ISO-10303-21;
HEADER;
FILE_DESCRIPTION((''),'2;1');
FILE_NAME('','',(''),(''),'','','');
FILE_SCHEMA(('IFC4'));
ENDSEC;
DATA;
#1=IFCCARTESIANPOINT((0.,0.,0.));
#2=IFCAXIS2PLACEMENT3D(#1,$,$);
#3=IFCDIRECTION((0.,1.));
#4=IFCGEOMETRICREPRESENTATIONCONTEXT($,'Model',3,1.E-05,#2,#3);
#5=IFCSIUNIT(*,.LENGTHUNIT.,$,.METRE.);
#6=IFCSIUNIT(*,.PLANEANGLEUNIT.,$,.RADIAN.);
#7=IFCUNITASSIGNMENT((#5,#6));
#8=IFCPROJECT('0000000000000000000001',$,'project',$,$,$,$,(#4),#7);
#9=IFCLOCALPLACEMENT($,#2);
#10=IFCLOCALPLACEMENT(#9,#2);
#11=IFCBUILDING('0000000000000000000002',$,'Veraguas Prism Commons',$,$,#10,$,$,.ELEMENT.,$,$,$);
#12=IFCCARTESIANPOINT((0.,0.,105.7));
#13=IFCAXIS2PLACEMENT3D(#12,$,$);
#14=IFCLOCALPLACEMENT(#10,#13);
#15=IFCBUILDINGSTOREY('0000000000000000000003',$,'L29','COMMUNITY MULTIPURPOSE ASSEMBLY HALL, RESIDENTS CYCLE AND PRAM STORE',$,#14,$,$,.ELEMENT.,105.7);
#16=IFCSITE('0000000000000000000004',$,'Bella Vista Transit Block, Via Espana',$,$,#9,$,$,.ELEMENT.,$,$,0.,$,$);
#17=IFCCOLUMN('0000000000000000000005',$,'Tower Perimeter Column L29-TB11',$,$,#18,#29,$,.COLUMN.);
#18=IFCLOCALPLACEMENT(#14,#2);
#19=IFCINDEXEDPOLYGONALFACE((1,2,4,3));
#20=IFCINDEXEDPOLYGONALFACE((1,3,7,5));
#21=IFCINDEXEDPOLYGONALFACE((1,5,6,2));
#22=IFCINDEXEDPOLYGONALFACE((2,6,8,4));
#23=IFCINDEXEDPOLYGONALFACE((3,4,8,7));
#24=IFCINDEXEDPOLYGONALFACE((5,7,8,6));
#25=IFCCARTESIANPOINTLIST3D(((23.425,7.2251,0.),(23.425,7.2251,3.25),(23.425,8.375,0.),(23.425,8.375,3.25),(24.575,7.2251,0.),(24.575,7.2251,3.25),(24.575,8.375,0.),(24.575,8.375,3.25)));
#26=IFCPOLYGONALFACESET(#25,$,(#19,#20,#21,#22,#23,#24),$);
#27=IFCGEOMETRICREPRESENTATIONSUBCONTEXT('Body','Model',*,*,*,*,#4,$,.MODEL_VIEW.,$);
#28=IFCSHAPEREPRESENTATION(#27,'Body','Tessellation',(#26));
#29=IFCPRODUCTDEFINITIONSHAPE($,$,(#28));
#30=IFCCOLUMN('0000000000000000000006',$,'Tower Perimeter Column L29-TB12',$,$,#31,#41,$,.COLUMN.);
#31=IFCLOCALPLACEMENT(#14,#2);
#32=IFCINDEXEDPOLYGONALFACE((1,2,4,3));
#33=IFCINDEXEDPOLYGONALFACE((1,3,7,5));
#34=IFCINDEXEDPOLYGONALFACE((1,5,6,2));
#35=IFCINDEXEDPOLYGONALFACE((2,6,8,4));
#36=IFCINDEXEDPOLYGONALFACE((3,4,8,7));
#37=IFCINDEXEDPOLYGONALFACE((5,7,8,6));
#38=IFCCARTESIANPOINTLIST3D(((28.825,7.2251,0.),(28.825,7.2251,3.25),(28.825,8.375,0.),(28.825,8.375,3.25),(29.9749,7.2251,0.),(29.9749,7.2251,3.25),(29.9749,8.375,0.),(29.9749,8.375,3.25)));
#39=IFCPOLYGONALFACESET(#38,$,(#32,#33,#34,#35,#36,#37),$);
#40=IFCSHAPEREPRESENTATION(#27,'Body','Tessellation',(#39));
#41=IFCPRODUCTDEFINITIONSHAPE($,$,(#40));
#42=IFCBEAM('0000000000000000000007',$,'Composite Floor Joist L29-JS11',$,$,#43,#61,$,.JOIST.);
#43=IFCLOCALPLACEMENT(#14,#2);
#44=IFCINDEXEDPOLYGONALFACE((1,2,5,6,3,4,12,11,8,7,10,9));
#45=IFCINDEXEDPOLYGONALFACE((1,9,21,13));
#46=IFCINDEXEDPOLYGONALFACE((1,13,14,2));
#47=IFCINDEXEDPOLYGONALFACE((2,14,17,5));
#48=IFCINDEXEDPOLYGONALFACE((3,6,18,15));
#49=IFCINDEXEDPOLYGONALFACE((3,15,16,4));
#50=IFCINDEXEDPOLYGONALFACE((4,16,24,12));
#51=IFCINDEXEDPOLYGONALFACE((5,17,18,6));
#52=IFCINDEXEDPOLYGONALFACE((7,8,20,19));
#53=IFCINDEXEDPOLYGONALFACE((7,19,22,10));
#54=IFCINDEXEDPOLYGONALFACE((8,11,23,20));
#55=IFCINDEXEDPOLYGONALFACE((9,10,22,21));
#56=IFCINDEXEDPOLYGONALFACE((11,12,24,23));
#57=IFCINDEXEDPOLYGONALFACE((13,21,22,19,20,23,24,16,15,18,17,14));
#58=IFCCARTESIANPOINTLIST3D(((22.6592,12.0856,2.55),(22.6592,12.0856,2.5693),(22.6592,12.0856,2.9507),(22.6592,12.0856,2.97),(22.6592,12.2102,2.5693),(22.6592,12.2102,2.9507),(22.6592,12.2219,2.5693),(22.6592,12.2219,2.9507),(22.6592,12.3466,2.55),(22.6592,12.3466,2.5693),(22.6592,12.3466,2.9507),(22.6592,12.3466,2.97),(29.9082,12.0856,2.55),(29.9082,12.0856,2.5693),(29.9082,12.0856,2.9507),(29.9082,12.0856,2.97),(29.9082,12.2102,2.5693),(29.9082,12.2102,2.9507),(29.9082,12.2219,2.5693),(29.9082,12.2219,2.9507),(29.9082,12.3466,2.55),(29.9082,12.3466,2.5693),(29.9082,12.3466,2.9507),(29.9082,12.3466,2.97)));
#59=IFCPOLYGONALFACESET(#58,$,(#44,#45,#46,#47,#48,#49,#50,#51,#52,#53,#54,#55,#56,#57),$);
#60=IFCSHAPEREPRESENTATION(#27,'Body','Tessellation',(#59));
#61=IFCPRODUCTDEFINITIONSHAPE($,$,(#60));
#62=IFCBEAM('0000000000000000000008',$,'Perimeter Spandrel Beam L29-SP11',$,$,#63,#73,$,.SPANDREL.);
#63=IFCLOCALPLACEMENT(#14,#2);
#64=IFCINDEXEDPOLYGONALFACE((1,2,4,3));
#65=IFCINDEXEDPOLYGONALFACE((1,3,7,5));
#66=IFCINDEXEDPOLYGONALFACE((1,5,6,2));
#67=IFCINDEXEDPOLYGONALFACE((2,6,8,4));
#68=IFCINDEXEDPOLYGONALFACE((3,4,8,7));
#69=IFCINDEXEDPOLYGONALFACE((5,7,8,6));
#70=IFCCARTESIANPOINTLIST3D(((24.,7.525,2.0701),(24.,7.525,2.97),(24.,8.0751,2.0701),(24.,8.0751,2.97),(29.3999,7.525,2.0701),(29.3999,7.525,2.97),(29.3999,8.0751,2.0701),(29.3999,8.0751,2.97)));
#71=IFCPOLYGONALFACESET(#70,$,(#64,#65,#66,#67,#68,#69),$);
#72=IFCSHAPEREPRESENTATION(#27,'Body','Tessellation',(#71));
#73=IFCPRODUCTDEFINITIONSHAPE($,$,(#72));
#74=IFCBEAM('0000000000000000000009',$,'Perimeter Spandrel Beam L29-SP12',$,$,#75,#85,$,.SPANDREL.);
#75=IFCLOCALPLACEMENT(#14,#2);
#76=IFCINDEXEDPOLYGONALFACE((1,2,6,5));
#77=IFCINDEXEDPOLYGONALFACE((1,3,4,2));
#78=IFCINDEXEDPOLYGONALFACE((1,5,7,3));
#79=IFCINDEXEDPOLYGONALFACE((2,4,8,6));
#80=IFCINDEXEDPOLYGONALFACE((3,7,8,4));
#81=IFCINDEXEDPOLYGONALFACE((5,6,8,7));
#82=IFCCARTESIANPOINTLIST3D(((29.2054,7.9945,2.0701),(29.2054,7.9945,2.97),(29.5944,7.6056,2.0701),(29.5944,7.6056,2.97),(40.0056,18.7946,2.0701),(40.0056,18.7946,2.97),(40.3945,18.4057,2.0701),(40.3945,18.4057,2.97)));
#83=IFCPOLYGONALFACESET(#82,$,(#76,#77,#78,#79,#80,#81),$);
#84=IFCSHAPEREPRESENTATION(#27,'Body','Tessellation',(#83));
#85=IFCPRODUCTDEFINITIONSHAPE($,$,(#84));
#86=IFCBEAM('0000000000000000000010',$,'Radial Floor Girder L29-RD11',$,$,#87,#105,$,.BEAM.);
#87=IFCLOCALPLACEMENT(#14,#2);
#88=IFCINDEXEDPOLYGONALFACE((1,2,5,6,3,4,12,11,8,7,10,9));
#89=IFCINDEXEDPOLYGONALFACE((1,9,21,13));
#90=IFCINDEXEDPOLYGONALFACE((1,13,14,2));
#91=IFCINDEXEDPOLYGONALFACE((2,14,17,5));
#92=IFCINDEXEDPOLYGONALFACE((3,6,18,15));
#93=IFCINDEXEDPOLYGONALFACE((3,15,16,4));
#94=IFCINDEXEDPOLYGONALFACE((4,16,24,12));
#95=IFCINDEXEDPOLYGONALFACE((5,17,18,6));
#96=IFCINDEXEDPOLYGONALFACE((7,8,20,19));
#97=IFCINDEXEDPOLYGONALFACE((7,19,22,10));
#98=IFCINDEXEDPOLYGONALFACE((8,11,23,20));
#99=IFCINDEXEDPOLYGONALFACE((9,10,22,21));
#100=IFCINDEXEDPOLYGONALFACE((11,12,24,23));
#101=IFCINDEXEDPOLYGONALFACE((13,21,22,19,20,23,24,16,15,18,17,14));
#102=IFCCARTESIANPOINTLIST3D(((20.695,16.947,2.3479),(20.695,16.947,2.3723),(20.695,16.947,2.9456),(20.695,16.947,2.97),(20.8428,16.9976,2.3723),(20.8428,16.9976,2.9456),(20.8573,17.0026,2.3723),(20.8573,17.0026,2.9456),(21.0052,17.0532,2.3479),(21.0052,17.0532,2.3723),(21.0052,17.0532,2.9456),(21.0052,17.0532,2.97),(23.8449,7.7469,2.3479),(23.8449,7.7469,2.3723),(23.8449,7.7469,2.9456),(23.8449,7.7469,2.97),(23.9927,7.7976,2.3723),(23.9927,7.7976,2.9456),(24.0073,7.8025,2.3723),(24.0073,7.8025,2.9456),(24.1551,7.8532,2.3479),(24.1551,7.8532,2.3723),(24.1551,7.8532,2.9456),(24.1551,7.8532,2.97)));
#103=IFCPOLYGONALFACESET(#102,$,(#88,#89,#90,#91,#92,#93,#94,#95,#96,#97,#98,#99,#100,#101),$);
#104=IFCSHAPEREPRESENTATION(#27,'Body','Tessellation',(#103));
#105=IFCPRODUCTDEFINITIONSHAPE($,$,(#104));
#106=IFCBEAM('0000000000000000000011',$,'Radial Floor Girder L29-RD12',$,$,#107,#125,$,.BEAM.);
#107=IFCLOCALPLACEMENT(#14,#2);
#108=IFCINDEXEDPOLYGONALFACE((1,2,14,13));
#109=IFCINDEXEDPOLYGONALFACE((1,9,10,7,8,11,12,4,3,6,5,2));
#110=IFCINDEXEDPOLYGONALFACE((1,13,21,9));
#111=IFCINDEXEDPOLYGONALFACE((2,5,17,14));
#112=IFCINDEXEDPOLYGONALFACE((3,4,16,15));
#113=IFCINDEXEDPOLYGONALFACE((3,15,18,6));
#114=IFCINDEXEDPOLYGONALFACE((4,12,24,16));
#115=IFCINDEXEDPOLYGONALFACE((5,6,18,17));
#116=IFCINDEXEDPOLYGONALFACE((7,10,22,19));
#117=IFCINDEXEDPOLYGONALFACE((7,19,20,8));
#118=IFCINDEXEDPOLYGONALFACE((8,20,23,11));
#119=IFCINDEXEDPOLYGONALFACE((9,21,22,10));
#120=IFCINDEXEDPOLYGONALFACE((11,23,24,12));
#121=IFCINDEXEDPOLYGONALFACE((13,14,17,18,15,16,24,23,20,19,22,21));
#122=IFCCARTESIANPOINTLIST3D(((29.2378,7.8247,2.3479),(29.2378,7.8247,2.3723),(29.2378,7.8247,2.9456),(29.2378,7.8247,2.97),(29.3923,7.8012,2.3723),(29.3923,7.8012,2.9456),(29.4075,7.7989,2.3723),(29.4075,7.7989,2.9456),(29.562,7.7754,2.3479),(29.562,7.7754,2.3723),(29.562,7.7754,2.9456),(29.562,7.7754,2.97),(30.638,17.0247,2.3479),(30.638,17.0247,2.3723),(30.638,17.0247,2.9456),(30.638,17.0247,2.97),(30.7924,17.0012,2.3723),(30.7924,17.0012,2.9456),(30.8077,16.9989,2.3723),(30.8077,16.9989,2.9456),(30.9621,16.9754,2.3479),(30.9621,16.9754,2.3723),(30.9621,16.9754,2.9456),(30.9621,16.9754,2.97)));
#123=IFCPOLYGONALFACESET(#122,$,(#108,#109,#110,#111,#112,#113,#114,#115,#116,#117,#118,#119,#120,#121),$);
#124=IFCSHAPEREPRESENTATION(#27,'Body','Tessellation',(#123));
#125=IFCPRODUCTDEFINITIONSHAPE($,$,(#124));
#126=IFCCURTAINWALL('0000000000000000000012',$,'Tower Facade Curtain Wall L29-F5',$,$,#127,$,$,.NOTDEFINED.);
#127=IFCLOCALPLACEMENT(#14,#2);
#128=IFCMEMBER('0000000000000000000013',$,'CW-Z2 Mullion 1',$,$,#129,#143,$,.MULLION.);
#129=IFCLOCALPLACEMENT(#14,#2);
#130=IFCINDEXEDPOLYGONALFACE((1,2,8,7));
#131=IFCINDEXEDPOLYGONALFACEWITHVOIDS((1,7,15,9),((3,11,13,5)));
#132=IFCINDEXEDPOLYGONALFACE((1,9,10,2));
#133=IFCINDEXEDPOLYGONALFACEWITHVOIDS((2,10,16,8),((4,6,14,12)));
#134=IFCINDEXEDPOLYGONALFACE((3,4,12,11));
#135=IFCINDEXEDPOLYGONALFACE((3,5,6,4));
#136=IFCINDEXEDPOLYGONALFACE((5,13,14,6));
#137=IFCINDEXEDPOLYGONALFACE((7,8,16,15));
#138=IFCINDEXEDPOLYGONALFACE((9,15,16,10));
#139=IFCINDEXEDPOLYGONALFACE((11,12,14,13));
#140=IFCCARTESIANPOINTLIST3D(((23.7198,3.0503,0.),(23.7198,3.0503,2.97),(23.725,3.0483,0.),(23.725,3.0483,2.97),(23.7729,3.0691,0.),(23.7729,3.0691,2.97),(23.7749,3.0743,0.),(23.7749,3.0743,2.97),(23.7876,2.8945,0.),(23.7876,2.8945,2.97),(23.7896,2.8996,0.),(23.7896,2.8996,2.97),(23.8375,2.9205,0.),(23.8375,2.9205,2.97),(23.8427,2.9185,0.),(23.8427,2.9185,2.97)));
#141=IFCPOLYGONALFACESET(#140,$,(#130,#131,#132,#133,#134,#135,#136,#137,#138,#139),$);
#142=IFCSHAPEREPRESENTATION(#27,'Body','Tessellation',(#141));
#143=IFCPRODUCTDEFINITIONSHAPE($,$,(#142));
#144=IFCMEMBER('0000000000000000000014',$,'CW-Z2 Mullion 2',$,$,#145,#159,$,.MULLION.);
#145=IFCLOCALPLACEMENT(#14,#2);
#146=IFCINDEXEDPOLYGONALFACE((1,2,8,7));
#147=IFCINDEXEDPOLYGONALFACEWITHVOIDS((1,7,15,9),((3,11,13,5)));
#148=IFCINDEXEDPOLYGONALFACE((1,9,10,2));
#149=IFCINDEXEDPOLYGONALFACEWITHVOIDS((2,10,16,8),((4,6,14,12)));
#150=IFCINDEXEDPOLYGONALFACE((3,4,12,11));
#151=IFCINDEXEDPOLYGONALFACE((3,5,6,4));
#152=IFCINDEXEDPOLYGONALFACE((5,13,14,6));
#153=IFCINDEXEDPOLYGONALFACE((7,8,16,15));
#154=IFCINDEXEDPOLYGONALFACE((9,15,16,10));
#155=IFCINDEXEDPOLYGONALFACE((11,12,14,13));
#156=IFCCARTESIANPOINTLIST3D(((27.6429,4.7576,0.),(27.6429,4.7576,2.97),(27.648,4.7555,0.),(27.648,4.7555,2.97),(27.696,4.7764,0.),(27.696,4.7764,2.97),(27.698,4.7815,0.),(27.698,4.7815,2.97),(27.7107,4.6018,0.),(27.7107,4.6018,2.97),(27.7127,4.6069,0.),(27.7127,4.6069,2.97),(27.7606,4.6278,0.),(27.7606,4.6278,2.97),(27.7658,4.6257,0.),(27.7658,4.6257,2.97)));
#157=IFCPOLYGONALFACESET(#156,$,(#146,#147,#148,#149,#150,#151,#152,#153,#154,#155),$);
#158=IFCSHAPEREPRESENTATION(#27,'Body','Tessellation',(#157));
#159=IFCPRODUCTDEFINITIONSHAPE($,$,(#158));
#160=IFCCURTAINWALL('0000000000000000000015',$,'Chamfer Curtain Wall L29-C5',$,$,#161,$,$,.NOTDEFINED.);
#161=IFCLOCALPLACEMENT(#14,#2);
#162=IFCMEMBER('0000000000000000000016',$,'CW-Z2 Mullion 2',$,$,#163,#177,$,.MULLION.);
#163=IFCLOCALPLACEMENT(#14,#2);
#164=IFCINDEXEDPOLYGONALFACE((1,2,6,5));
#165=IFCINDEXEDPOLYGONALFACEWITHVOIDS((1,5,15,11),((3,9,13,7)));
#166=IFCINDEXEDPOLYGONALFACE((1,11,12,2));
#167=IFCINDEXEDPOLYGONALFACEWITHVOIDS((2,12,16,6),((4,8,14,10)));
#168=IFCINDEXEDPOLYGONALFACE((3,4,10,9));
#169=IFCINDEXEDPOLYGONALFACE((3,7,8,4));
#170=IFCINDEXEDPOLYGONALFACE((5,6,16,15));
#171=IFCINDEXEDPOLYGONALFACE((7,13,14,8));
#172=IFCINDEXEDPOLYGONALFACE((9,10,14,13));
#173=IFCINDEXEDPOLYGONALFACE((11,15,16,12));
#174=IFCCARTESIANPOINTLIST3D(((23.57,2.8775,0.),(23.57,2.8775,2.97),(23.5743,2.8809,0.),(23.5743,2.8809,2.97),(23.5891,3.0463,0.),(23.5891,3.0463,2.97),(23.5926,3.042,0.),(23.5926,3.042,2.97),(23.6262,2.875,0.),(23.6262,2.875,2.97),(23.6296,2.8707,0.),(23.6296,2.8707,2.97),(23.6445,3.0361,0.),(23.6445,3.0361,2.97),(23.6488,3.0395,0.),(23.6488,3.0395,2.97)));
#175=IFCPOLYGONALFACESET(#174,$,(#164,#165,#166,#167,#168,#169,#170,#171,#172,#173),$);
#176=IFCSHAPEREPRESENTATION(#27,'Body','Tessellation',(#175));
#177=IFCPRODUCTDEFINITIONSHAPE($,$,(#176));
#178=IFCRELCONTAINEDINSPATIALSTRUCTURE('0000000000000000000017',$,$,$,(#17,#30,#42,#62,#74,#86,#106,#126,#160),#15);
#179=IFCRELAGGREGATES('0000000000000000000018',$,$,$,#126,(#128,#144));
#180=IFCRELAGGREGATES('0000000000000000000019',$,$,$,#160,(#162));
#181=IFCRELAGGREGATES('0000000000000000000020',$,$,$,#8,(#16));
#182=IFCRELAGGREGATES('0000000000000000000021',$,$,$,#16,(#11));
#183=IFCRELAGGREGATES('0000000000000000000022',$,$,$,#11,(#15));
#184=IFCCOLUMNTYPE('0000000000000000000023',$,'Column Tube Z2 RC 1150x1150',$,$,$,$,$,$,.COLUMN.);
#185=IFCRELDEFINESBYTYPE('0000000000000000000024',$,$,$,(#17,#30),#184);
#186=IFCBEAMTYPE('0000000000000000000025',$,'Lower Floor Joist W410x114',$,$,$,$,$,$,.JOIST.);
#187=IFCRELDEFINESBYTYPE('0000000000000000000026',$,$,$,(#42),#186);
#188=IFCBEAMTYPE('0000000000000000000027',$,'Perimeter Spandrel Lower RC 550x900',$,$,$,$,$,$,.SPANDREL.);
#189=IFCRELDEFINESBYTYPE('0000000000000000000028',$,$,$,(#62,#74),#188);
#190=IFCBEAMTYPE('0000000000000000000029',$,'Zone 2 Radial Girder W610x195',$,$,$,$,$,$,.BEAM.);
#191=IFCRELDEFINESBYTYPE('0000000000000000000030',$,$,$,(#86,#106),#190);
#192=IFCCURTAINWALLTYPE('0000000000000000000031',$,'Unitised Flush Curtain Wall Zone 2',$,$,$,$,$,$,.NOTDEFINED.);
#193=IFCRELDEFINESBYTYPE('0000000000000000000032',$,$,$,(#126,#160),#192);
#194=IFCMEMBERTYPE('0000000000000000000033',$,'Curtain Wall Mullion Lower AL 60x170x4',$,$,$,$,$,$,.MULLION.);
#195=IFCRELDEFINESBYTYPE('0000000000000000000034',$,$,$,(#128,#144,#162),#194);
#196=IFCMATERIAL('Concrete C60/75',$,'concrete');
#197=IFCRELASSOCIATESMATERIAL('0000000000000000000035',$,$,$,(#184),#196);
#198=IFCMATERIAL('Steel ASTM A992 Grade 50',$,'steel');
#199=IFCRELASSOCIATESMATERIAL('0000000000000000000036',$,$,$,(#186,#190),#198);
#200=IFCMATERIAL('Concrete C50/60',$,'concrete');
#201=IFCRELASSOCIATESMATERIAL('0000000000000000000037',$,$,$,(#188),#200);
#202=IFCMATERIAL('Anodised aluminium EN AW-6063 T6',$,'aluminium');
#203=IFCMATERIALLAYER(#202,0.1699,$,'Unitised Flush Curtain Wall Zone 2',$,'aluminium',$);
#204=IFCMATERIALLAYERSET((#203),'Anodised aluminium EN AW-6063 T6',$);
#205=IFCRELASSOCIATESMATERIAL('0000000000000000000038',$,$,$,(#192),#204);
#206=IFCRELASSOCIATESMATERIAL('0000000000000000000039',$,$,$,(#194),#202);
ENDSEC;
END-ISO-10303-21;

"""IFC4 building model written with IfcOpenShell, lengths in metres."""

from ifc_helpers import new_model, si_unit, direction, frame, origin, origin_2d, place, context, subcontext, project, spatial, rectangle, hollow_rectangle, i_section, extrude, source, transform, mapped, material, layer, layer_set, material_profile, profile_set, type_object, element, aggregate, save


model = new_model("IFC4")

# Units and contexts
model_context = context("Model", 3, precision=1e-05, world=origin(), true_north=direction((0.0, 1.0)))
body_context = subcontext(model_context, "Body", "Model", "MODEL_VIEW")
ifc_project = project(units=[si_unit("LENGTHUNIT", "METRE"), si_unit("PLANEANGLEUNIT", "RADIAN")], contexts=[model_context])

# Site, building, storey
site_placement = place(None, origin())
site = spatial("IfcSite", under=ifc_project, at=site_placement, Name="Bella Vista Transit Block, Via Espana", CompositionType="ELEMENT", RefElevation=0.0)
building_placement = place(site_placement, origin())
building = spatial("IfcBuilding", under=site, at=building_placement, Name="Veraguas Prism Commons", CompositionType="ELEMENT")
storey_placement = place(building_placement, frame((0.0, 0.0, 105.7)))
storey = spatial("IfcBuildingStorey", under=building, at=storey_placement, Name="L29", Description="COMMUNITY MULTIPURPOSE ASSEMBLY HALL, RESIDENTS CYCLE AND PRAM STORE", CompositionType="ELEMENT", Elevation=105.7)

# Columns
ifc_material_1 = material(Name="Concrete C60/75", Category="concrete")
ifc_material_profile_1 = material_profile(ifc_material_1, rectangle(XDim=1.1499, YDim=1.1499, at=origin_2d()), Name="RC1150X1150")
ifc_profile_set_1 = profile_set([ifc_material_profile_1], Name="Concrete C60/75")
column_type = type_object("IfcColumnType", Name="Column Tube Z2 RC 1150x1150", PredefinedType="COLUMN", material=ifc_profile_set_1)
for number, where, z_axis, x_axis, name in (
    (1, (24.0, 7.8, 0.0), (0.0, 0.0, 1.0), (1.0, 0.0, 0.0), "Tower Perimeter Column L29-TB11"),
    (2, (29.3999, 7.8, 0.0), (0.0, 0.0, 1.0), (1.0, 0.0, 0.0), "Tower Perimeter Column L29-TB12"),
):
    element("IfcColumn", number, at=place(storey_placement, frame(where, z_axis=z_axis, x_axis=x_axis)), inside=storey, type_object=column_type, Name=name, PredefinedType="COLUMN", context=body_context, shape_type="SweptSolid", body=[
        extrude(rectangle(XDim=1.1499, YDim=1.1499, at=origin_2d()), origin(), (0.0, 0.0, 1.0), 3.25),
    ])

# Beams
ifc_material_2 = material(Name="Steel ASTM A992 Grade 50", Category="steel")
ifc_material_profile_2 = material_profile(ifc_material_2, i_section(OverallWidth=0.261, OverallDepth=0.4199, WebThickness=0.0117, FlangeThickness=0.0193, at=origin_2d()), Name="W410X114")
ifc_profile_set_2 = profile_set([ifc_material_profile_2], Name="Steel ASTM A992 Grade 50")
beam_type_1 = type_object("IfcBeamType", Name="Lower Floor Joist W410x114", PredefinedType="JOIST", material=ifc_profile_set_2)
beam_1_placement = place(storey_placement, frame((22.6592, 12.2161, 2.76), z_axis=(1.0, 0.0, 0.0), x_axis=(0.0, 1.0, 0.0)))
element("IfcBeam", 3, at=beam_1_placement, inside=storey, type_object=beam_type_1, Name="Composite Floor Joist L29-JS11", PredefinedType="JOIST", context=body_context, shape_type="SweptSolid", body=[
    extrude(i_section(OverallWidth=0.261, OverallDepth=0.4199, WebThickness=0.0117, FlangeThickness=0.0193, at=origin_2d()), origin(), (0.0, 0.0, 1.0), 7.249),
])
ifc_material_3 = material(Name="Concrete C50/60", Category="concrete")
ifc_material_profile_3 = material_profile(ifc_material_3, rectangle(XDim=0.55, YDim=0.8999, at=origin_2d()), Name="RC550X900")
ifc_profile_set_3 = profile_set([ifc_material_profile_3], Name="Concrete C50/60")
beam_type_2 = type_object("IfcBeamType", Name="Perimeter Spandrel Lower RC 550x900", PredefinedType="SPANDREL", material=ifc_profile_set_3)
beam_2_placement = place(storey_placement, frame((24.0, 7.8, 2.52), z_axis=(1.0, 0.0, 0.0), x_axis=(0.0, 1.0, 0.0)))
element("IfcBeam", 4, at=beam_2_placement, inside=storey, type_object=beam_type_2, Name="Perimeter Spandrel Beam L29-SP11", PredefinedType="SPANDREL", context=body_context, shape_type="SweptSolid", body=[
    extrude(rectangle(XDim=0.55, YDim=0.8999, at=origin_2d()), origin(), (0.0, 0.0, 1.0), 5.3999),
])
beam_3_placement = place(storey_placement, frame((29.3999, 7.8, 2.52), z_axis=(0.707107, 0.707107, 0.0), x_axis=(-0.707107, 0.707107, 0.0)))
element("IfcBeam", 5, at=beam_3_placement, inside=storey, type_object=beam_type_2, Name="Perimeter Spandrel Beam L29-SP12", PredefinedType="SPANDREL", context=body_context, shape_type="SweptSolid", body=[
    extrude(rectangle(XDim=0.55, YDim=0.8999, at=origin_2d()), origin(), (0.0, 0.0, 1.0), 15.2737),
])
ifc_material_profile_4 = material_profile(ifc_material_2, i_section(OverallWidth=0.3279, OverallDepth=0.6221, WebThickness=0.0154, FlangeThickness=0.0244, at=origin_2d()), Name="W610X195")
ifc_profile_set_4 = profile_set([ifc_material_profile_4], Name="Steel ASTM A992 Grade 50")
beam_type_3 = type_object("IfcBeamType", Name="Zone 2 Radial Girder W610x195", PredefinedType="BEAM", material=ifc_profile_set_4)
beam_4_placement = place(storey_placement, frame((24.0, 7.8, 2.6589), z_axis=(-0.323922, 0.946084, 0.0), x_axis=(-0.946084, -0.323922, 0.0)))
element("IfcBeam", 6, at=beam_4_placement, inside=storey, type_object=beam_type_3, Name="Radial Floor Girder L29-RD11", PredefinedType="BEAM", context=body_context, shape_type="SweptSolid", body=[
    extrude(i_section(OverallWidth=0.3279, OverallDepth=0.6221, WebThickness=0.0154, FlangeThickness=0.0244, at=origin_2d()), origin(), (0.0, 0.0, 1.0), 9.7244),
])
beam_5_placement = place(storey_placement, frame((29.3999, 7.8, 2.6589), z_axis=(0.150458, 0.988616, 0.0), x_axis=(-0.988616, 0.150458, 0.0)))
element("IfcBeam", 7, at=beam_5_placement, inside=storey, type_object=beam_type_3, Name="Radial Floor Girder L29-RD12", PredefinedType="BEAM", context=body_context, shape_type="SweptSolid", body=[
    extrude(i_section(OverallWidth=0.3279, OverallDepth=0.6221, WebThickness=0.0154, FlangeThickness=0.0244, at=origin_2d()), origin(), (0.0, 0.0, 1.0), 9.3059),
])

# Curtain wall, members
ifc_material_4 = material(Name="Anodised aluminium EN AW-6063 T6", Category="aluminium")
ifc_layer_1 = layer(ifc_material_4, 0.1699, Name="Unitised Flush Curtain Wall Zone 2", Category="aluminium")
ifc_layer_set_1 = layer_set([ifc_layer_1], Name="Anodised aluminium EN AW-6063 T6")
curtain_wall_type = type_object("IfcCurtainWallType", Name="Unitised Flush Curtain Wall Zone 2", PredefinedType="NOTDEFINED", material=ifc_layer_set_1)
curtain_wall_1_placement = place(storey_placement, origin())
curtain_wall_1 = element("IfcCurtainWall", 8, at=curtain_wall_1_placement, inside=storey, type_object=curtain_wall_type, Name="Tower Facade Curtain Wall L29-F5", PredefinedType="NOTDEFINED")
ifc_material_profile_5 = material_profile(ifc_material_4, hollow_rectangle(XDim=0.0601, YDim=0.1699, WallThickness=0.0039, at=origin_2d()), Name="AL60X170X4")
ifc_profile_set_5 = profile_set([ifc_material_profile_5], Name="Anodised aluminium EN AW-6063 T6")
member_type_1 = type_object("IfcMemberType", Name="Curtain Wall Mullion Lower AL 60x170x4", PredefinedType="MULLION", material=ifc_profile_set_5)
shared_shape_1 = source(origin(), body_context, "Body", "SweptSolid", [
    extrude(hollow_rectangle(XDim=0.0601, YDim=0.1699, WallThickness=0.0039, at=origin_2d()), origin(), (0.0, 0.0, 1.0), 2.97),
])
member_1_placement = place(storey_placement, frame((23.7812, 2.9844, 0.0), z_axis=(0.0, 0.0, 1.0), x_axis=(0.916919, 0.399072, 0.0)))
member_1 = element("IfcMember", 9, at=member_1_placement, type_object=member_type_1, Name="CW-Z2 Mullion 1", PredefinedType="MULLION", context=body_context, shape_type="MappedRepresentation", body=[
    mapped(shared_shape_1, transform((0.0, 0.0, 0.0), scale=1.0)),
])
member_2_placement = place(storey_placement, frame((27.7043, 4.6917, 0.0), z_axis=(0.0, 0.0, 1.0), x_axis=(0.916919, 0.399072, 0.0)))
member_2 = element("IfcMember", 10, at=member_2_placement, type_object=member_type_1, Name="CW-Z2 Mullion 2", PredefinedType="MULLION", context=body_context, shape_type="MappedRepresentation", body=[
    mapped(shared_shape_1, transform((0.0, 0.0, 0.0), scale=1.0)),
])

# Curtain wall, member
curtain_wall_2_placement = place(storey_placement, origin())
curtain_wall_2 = element("IfcCurtainWall", 11, at=curtain_wall_2_placement, inside=storey, type_object=curtain_wall_type, Name="Chamfer Curtain Wall L29-C5", PredefinedType="NOTDEFINED")
member_3_placement = place(storey_placement, frame((23.6094, 2.9585, 0.0), z_axis=(0.0, 0.0, 1.0), x_axis=(0.993613, -0.112839, 0.0)))
member_3 = element("IfcMember", 12, at=member_3_placement, type_object=member_type_1, Name="CW-Z2 Mullion 2", PredefinedType="MULLION", context=body_context, shape_type="MappedRepresentation", body=[
    mapped(shared_shape_1, transform((0.0, 0.0, 0.0), scale=1.0)),
])

aggregate(curtain_wall_1, [member_1, member_2])
aggregate(curtain_wall_2, [member_3])

save(model, "model.ifc")
